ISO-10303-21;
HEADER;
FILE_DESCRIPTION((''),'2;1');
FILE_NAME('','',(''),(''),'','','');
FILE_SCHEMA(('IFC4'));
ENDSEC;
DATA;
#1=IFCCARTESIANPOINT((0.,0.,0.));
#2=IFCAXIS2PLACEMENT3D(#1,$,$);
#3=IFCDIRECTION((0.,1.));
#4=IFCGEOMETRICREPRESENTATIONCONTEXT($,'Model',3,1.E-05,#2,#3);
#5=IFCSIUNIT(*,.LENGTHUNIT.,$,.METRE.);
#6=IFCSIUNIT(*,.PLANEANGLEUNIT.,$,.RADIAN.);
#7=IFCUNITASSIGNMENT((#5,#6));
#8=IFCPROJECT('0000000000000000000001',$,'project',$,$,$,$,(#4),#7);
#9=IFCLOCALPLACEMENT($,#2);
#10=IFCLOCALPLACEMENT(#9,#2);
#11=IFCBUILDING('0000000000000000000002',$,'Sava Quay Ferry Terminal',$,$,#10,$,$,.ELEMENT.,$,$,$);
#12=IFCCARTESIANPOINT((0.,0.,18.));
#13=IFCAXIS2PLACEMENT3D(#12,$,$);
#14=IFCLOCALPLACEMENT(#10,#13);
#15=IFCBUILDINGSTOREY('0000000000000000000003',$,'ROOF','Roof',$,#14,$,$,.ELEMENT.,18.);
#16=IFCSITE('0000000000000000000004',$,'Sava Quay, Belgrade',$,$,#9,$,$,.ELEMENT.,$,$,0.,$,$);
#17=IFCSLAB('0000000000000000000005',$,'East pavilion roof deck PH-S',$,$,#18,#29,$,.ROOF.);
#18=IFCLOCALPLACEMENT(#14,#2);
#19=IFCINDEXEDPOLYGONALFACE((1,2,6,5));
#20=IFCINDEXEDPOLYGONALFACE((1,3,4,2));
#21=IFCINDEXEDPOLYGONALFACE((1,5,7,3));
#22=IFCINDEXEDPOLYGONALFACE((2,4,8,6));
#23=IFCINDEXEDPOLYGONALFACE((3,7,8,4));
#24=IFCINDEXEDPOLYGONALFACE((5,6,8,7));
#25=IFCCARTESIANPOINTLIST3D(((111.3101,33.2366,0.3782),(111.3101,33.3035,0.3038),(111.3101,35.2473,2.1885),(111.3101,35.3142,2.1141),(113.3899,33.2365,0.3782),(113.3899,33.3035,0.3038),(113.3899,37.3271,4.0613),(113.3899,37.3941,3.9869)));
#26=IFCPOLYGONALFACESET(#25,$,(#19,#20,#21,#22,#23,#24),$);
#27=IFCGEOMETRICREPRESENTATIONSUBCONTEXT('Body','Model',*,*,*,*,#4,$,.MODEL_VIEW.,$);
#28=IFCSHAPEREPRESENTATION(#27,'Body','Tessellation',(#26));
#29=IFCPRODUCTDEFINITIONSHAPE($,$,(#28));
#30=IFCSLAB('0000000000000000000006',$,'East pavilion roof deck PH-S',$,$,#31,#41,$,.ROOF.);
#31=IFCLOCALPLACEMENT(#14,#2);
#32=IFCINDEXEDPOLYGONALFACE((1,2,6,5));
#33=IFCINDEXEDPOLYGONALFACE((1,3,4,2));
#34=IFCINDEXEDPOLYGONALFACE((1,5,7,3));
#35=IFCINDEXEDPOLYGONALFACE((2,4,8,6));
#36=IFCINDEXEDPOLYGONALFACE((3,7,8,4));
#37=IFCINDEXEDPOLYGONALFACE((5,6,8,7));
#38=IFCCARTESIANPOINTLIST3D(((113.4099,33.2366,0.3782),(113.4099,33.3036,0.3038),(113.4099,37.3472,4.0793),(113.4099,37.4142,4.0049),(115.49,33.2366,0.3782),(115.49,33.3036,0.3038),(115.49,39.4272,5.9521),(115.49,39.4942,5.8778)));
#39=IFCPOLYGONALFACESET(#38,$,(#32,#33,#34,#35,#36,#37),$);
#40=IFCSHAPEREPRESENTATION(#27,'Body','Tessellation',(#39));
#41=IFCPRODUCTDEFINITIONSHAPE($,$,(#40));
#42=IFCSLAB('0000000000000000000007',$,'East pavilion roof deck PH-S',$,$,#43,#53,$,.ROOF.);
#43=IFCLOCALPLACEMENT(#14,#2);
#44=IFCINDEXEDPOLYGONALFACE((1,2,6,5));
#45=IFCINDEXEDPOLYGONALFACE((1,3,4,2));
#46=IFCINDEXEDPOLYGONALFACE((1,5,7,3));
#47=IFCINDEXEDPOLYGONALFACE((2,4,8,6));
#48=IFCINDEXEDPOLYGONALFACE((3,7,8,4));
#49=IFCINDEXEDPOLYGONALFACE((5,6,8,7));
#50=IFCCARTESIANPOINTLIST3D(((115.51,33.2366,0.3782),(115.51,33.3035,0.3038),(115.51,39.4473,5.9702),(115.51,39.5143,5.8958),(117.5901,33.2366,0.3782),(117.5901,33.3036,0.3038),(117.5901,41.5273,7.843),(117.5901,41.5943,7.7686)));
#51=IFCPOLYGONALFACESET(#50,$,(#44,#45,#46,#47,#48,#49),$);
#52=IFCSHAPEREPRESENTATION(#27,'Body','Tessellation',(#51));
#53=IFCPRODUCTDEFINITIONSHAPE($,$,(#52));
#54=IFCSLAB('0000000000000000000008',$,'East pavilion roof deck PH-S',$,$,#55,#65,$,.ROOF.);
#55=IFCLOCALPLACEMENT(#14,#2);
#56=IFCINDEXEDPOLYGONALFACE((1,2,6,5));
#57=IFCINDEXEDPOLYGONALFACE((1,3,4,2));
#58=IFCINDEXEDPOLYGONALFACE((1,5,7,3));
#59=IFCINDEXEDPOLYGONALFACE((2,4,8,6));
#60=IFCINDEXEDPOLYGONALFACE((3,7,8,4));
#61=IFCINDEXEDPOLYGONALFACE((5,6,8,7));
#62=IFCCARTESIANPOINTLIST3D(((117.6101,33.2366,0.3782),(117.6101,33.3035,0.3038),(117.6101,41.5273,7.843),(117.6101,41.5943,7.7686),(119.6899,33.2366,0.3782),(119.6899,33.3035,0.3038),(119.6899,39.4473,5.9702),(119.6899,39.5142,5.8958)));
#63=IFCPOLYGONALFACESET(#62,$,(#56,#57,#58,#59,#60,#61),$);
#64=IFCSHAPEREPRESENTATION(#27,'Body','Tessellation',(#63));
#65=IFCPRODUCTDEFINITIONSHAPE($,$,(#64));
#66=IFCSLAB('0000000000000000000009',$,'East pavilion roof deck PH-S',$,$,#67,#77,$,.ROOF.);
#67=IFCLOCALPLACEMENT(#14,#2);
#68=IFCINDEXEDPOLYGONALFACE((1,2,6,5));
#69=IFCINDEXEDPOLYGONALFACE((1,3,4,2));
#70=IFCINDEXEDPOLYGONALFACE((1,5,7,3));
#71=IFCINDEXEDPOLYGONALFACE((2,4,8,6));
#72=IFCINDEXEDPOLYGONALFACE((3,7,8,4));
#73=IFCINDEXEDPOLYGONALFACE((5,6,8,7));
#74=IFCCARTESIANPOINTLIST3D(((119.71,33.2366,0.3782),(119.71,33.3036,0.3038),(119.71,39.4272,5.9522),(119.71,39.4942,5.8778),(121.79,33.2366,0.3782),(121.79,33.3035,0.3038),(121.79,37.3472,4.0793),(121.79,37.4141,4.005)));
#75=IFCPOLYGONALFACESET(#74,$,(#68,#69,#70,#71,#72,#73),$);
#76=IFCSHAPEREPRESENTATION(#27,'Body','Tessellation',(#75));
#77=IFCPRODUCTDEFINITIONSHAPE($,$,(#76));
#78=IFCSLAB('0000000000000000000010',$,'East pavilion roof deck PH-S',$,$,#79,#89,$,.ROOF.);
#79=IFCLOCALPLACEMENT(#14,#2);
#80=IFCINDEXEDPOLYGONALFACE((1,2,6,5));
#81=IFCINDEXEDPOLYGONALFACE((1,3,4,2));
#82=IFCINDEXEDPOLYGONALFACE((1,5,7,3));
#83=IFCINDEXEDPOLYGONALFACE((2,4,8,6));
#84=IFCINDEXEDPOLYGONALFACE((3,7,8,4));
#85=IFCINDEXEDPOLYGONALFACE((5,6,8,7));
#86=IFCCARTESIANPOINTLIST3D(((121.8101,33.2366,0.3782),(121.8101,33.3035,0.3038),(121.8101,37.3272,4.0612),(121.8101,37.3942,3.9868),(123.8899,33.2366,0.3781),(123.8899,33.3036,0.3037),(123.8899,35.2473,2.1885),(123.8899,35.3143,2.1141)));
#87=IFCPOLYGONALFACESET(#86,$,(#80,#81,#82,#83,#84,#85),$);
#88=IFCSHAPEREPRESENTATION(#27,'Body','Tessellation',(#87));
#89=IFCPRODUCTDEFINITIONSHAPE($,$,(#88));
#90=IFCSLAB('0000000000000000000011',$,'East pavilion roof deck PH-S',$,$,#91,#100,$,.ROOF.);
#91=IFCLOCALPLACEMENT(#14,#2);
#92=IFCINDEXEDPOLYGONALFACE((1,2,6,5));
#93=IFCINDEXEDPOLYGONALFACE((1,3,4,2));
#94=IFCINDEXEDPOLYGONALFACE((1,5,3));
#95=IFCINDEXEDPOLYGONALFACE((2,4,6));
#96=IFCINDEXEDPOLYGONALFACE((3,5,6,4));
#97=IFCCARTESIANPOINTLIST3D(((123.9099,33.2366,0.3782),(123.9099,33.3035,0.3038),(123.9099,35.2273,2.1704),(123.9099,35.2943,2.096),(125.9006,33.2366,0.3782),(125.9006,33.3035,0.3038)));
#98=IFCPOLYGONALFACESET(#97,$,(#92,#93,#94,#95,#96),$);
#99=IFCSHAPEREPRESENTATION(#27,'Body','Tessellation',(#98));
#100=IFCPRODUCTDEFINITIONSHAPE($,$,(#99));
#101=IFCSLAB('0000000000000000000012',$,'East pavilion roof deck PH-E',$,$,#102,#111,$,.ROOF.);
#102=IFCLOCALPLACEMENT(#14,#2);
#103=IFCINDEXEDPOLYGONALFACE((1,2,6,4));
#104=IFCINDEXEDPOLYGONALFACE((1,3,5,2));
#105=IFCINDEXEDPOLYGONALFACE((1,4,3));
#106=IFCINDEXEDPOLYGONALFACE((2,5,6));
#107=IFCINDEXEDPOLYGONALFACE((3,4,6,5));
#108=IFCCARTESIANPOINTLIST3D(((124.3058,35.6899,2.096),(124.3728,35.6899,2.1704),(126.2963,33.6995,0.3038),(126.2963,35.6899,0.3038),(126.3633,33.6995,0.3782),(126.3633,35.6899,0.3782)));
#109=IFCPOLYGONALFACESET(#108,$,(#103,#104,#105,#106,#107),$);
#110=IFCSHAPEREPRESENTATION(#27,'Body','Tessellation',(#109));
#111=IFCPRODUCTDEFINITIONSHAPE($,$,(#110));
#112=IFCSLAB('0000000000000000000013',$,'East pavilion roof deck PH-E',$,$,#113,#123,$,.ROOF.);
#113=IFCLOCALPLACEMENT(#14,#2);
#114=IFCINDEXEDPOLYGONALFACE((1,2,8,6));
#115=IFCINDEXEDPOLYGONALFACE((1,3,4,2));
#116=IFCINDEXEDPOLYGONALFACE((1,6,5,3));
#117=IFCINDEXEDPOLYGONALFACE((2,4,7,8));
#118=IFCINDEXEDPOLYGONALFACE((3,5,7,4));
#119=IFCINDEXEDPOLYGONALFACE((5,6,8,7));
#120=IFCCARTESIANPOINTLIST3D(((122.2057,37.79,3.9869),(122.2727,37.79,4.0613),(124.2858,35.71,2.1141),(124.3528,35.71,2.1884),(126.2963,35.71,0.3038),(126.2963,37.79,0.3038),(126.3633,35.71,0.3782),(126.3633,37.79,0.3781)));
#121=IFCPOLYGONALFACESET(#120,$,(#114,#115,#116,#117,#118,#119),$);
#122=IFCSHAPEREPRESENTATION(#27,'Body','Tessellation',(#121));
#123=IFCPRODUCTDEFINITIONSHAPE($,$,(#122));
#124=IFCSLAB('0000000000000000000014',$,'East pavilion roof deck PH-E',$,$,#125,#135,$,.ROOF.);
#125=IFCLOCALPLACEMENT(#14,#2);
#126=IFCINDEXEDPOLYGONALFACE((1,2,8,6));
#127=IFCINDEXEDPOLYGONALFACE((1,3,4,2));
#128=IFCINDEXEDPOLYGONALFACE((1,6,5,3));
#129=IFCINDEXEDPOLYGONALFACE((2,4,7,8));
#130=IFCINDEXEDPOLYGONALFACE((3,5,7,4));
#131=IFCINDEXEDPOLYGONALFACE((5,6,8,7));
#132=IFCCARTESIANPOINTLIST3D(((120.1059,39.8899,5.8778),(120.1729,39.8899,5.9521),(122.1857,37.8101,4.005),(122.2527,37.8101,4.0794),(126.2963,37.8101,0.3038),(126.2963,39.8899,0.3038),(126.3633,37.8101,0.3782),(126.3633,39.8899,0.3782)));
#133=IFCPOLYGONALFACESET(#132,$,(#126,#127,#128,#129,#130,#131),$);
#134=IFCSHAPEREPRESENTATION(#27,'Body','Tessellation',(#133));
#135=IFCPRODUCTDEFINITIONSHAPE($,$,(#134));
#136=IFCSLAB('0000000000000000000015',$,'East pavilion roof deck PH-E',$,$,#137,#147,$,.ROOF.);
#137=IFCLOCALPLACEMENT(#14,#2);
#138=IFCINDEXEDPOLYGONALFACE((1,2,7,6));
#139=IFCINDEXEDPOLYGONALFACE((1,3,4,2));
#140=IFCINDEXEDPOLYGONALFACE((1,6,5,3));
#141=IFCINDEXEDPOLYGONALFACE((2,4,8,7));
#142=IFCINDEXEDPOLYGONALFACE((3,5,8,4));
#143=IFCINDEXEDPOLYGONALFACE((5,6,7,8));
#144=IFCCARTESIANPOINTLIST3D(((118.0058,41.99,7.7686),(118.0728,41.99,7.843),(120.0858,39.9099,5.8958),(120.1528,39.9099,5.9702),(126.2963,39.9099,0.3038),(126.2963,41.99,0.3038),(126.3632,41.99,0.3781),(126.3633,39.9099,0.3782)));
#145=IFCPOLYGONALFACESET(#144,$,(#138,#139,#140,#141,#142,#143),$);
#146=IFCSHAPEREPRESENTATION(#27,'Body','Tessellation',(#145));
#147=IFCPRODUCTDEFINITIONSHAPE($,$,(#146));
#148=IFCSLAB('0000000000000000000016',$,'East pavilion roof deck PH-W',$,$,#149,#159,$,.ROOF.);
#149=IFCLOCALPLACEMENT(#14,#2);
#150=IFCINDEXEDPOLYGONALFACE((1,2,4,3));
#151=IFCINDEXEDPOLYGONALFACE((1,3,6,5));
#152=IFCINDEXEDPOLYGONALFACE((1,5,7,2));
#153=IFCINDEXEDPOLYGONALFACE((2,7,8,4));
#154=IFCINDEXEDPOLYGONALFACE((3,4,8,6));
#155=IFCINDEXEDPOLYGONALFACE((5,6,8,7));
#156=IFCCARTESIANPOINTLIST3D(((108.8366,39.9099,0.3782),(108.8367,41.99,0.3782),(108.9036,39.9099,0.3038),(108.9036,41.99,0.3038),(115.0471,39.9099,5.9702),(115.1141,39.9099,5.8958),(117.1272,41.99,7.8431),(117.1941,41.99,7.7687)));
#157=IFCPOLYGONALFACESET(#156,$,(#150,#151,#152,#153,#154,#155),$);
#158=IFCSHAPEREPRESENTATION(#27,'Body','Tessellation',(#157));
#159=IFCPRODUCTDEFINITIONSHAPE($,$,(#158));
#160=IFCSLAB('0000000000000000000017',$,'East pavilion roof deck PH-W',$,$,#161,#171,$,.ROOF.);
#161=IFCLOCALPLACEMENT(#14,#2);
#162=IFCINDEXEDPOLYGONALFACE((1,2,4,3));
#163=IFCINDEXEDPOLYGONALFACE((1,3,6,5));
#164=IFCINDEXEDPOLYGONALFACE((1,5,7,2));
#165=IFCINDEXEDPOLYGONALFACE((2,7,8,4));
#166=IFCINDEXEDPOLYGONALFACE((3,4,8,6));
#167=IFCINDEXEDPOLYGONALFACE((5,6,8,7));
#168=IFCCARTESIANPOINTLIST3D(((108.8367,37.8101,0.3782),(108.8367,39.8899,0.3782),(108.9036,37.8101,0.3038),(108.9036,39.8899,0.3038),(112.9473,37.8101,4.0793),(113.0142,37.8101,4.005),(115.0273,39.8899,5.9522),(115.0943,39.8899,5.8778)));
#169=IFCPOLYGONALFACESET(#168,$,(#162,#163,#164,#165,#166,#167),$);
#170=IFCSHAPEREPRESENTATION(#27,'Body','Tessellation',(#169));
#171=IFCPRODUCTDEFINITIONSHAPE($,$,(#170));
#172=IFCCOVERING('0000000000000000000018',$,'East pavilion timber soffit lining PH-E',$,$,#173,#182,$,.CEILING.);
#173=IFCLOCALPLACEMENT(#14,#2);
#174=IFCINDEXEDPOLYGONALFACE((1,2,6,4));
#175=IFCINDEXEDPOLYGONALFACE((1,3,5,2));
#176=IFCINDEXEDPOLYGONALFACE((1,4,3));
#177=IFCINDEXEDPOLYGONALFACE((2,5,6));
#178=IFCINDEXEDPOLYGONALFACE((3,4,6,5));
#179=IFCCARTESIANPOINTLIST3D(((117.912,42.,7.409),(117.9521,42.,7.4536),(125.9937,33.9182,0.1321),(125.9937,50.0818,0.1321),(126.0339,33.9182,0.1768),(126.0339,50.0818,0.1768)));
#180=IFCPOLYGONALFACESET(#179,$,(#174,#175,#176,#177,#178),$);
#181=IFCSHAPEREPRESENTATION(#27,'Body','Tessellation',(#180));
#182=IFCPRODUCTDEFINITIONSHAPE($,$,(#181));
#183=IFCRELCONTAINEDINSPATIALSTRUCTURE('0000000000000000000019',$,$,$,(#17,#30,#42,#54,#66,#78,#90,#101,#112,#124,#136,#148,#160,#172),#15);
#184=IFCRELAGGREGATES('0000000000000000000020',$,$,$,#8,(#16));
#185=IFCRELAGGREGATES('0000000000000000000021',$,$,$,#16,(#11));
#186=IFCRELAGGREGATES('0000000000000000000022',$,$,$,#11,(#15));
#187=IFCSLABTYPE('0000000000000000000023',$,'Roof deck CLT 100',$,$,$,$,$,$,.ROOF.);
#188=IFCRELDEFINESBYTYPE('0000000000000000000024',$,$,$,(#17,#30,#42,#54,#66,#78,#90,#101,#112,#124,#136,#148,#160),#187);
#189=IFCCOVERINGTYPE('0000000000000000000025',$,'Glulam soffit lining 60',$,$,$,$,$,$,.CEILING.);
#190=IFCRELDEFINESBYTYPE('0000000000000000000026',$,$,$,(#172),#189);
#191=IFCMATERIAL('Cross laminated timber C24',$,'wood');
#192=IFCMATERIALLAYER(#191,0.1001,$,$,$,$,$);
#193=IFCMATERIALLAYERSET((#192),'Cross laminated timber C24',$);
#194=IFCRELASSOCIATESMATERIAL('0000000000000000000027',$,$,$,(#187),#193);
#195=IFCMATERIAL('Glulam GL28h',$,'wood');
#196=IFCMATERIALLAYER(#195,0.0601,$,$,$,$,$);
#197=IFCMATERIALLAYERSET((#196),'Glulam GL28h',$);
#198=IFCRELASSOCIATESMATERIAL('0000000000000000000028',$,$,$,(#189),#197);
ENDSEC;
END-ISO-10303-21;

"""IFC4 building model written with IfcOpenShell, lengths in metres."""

from ifc_helpers import new_model, si_unit, direction, frame, origin, place, context, subcontext, project, spatial, polyline, outline, extrude, material, layer, layer_set, type_object, element, save


model = new_model("IFC4")

# Units and contexts
model_context = context("Model", 3, precision=1e-05, world=origin(), true_north=direction((0.0, 1.0)))
body_context = subcontext(model_context, "Body", "Model", "MODEL_VIEW")
ifc_project = project(units=[si_unit("LENGTHUNIT", "METRE"), si_unit("PLANEANGLEUNIT", "RADIAN")], contexts=[model_context])

# Site, building, storey
site_placement = place(None, origin())
site = spatial("IfcSite", under=ifc_project, at=site_placement, Name="Sava Quay, Belgrade", CompositionType="ELEMENT", RefElevation=0.0)
building_placement = place(site_placement, origin())
building = spatial("IfcBuilding", under=site, at=building_placement, Name="Sava Quay Ferry Terminal", CompositionType="ELEMENT")
storey_placement = place(building_placement, frame((0.0, 0.0, 18.0)))
storey = spatial("IfcBuildingStorey", under=building, at=storey_placement, Name="ROOF", Description="Roof", CompositionType="ELEMENT", Elevation=18.0)

# Slabs
ifc_material_1 = material(Name="Cross laminated timber C24", Category="wood")
ifc_layer_1 = layer(ifc_material_1, 0.1001)
ifc_layer_set_1 = layer_set([ifc_layer_1], Name="Cross laminated timber C24")
slab_type = type_object("IfcSlabType", Name="Roof deck CLT 100", PredefinedType="ROOF", material=ifc_layer_set_1)
slab_1_placement = place(storey_placement, frame((113.3899, 37.3271, 4.0613), z_axis=(-0.000035, -0.669114, 0.74316), x_axis=(0.0, -0.74316, -0.669114)))
element("IfcSlab", 1, at=slab_1_placement, inside=storey, type_object=slab_type, Name="East pavilion roof deck PH-S", PredefinedType="ROOF", context=body_context, shape_type="SweptSolid", body=[
    extrude(outline(polyline([(0.0, 0.0), (5.5044, 0.0), (5.5044, -2.0798), (2.7988, -2.0798), (0.0, 0.0)])), origin(), (0.0, 0.0, -1.0), 0.1001),
])
slab_2_placement = place(storey_placement, frame((115.49, 39.4272, 5.9521), z_axis=(0.000014, -0.669124, 0.743151), x_axis=(0.0, -0.743151, -0.669124)))
element("IfcSlab", 2, at=slab_2_placement, inside=storey, type_object=slab_type, Name="East pavilion roof deck PH-S", PredefinedType="ROOF", context=body_context, shape_type="SweptSolid", body=[
    extrude(outline(polyline([(0.0, 0.0), (8.3303, 0.0), (8.3303, -2.0801), (2.7989, -2.0801), (0.0, 0.0)])), origin(), (0.0, 0.0, -1.0), 0.1001),
])
slab_3_placement = place(storey_placement, frame((117.5901, 41.5273, 7.843), z_axis=(0.000012, -0.669122, 0.743152), x_axis=(0.0, -0.743152, -0.669122)))
element("IfcSlab", 3, at=slab_3_placement, inside=storey, type_object=slab_type, Name="East pavilion roof deck PH-S", PredefinedType="ROOF", context=body_context, shape_type="SweptSolid", body=[
    extrude(outline(polyline([(0.0, 0.0), (11.1562, 0.0), (11.1562, -2.0801), (2.7989, -2.0801), (0.0, 0.0)])), origin(), (0.0, 0.0, -1.0), 0.1001),
])
slab_4_placement = place(storey_placement, frame((119.6899, 39.4473, 5.9702), z_axis=(-0.000012, -0.669122, 0.743152), x_axis=(0.0, -0.743152, -0.669122)))
element("IfcSlab", 4, at=slab_4_placement, inside=storey, type_object=slab_type, Name="East pavilion roof deck PH-S", PredefinedType="ROOF", context=body_context, shape_type="SweptSolid", body=[
    extrude(outline(polyline([(0.0, 0.0), (8.3573, 0.0), (8.3573, -2.0798), (-2.7989, -2.0798), (0.0, 0.0)])), origin(), (0.0, 0.0, -1.0), 0.1001),
])
slab_5_placement = place(storey_placement, frame((121.79, 37.3472, 4.0793), z_axis=(-0.000014, -0.669124, 0.743151), x_axis=(0.0, -0.743151, -0.669124)))
element("IfcSlab", 5, at=slab_5_placement, inside=storey, type_object=slab_type, Name="East pavilion roof deck PH-S", PredefinedType="ROOF", context=body_context, shape_type="SweptSolid", body=[
    extrude(outline(polyline([(0.0, 0.0), (5.5313, 0.0), (5.5313, -2.0801), (-2.7989, -2.0801), (0.0, 0.0)])), origin(), (0.0, 0.0, -1.0), 0.1001),
])
slab_6_placement = place(storey_placement, frame((123.8899, 35.2473, 2.1885), z_axis=(0.000035, -0.669114, 0.74316), x_axis=(0.0, -0.74316, -0.669114)))
element("IfcSlab", 6, at=slab_6_placement, inside=storey, type_object=slab_type, Name="East pavilion roof deck PH-S", PredefinedType="ROOF", context=body_context, shape_type="SweptSolid", body=[
    extrude(outline(polyline([(0.0, 0.0), (2.7056, 0.0), (2.7056, -2.0798), (-2.7988, -2.0798), (0.0, 0.0)])), origin(), (0.0, 0.0, -1.0), 0.1001),
])
slab_7_placement = place(storey_placement, frame((125.9006, 33.2366, 0.3782), z_axis=(0.0, -0.669086, 0.743185), x_axis=(-1.0, 0.0, 0.0)))
element("IfcSlab", 7, at=slab_7_placement, inside=storey, type_object=slab_type, Name="East pavilion roof deck PH-S", PredefinedType="ROOF", context=body_context, shape_type="SweptSolid", body=[
    extrude(outline(polyline([(0.0, 0.0), (1.9907, 0.0), (1.9907, -2.6786), (0.0, 0.0)])), origin(), (0.0, 0.0, -1.0), 0.1001),
])
slab_8_placement = place(storey_placement, frame((124.3728, 35.6899, 2.1704), z_axis=(0.669131, 0.0, 0.743145), x_axis=(0.743145, 0.0, -0.669131)))
element("IfcSlab", 8, at=slab_8_placement, inside=storey, type_object=slab_type, Name="East pavilion roof deck PH-E", PredefinedType="ROOF", context=body_context, shape_type="SweptSolid", body=[
    extrude(outline(polyline([(0.0, 0.0), (2.6785, 0.0), (2.6785, -1.9905), (0.0, 0.0)])), origin(), (0.0, 0.0, -1.0), 0.1001),
])
slab_9_placement = place(storey_placement, frame((122.2727, 37.79, 4.0613), z_axis=(0.669129, 0.000018, 0.743146), x_axis=(0.743146, 0.0, -0.669129)))
element("IfcSlab", 9, at=slab_9_placement, inside=storey, type_object=slab_type, Name="East pavilion roof deck PH-E", PredefinedType="ROOF", context=body_context, shape_type="SweptSolid", body=[
    extrude(outline(polyline([(0.0, 0.0), (5.5044, 0.0), (5.5044, -2.0801), (2.7989, -2.0801), (0.0, 0.0)])), origin(), (0.0, 0.0, -1.0), 0.1001),
])
slab_10_placement = place(storey_placement, frame((120.1729, 39.8899, 5.9521), z_axis=(0.669133, -0.000018, 0.743143), x_axis=(0.743143, 0.0, -0.669133)))
element("IfcSlab", 10, at=slab_10_placement, inside=storey, type_object=slab_type, Name="East pavilion roof deck PH-E", PredefinedType="ROOF", context=body_context, shape_type="SweptSolid", body=[
    extrude(outline(polyline([(0.0, 0.0), (8.3301, 0.0), (8.3301, -2.0798), (2.7988, -2.0798), (0.0, 0.0)])), origin(), (0.0, 0.0, -1.0), 0.1001),
])
slab_11_placement = place(storey_placement, frame((118.0728, 41.99, 7.843), z_axis=(0.669135, 0.000023, 0.743141), x_axis=(0.743141, 0.0, -0.669135)))
element("IfcSlab", 11, at=slab_11_placement, inside=storey, type_object=slab_type, Name="East pavilion roof deck PH-E", PredefinedType="ROOF", context=body_context, shape_type="SweptSolid", body=[
    extrude(outline(polyline([(0.0, 0.0), (11.156, 0.0), (11.156, -2.0801), (2.7989, -2.0801), (0.0, 0.0)])), origin(), (0.0, 0.0, -1.0), 0.1001),
])
slab_12_placement = place(storey_placement, frame((115.0471, 39.9099, 5.9702), z_axis=(-0.669135, 0.000023, 0.743141), x_axis=(-0.743141, 0.0, -0.669135)))
element("IfcSlab", 12, at=slab_12_placement, inside=storey, type_object=slab_type, Name="East pavilion roof deck PH-W", PredefinedType="ROOF", context=body_context, shape_type="SweptSolid", body=[
    extrude(outline(polyline([(0.0, 0.0), (8.3571, 0.0), (8.3571, -2.0801), (-2.7989, -2.0801), (0.0, 0.0)])), origin(), (0.0, 0.0, -1.0), 0.1001),
])
slab_13_placement = place(storey_placement, frame((112.9473, 37.8101, 4.0793), z_axis=(-0.669124, 0.000014, 0.743151), x_axis=(-0.743151, 0.0, -0.669124)))
element("IfcSlab", 13, at=slab_13_placement, inside=storey, type_object=slab_type, Name="East pavilion roof deck PH-W", PredefinedType="ROOF", context=body_context, shape_type="SweptSolid", body=[
    extrude(outline(polyline([(0.0, 0.0), (5.5313, 0.0), (5.5313, -2.0798), (-2.7989, -2.0798), (0.0, 0.0)])), origin(), (0.0, 0.0, -1.0), 0.1001),
])

# Covering
ifc_material_2 = material(Name="Glulam GL28h", Category="wood")
ifc_layer_2 = layer(ifc_material_2, 0.0601)
ifc_layer_set_2 = layer_set([ifc_layer_2], Name="Glulam GL28h")
covering_type_1 = type_object("IfcCoveringType", Name="Glulam soffit lining 60", PredefinedType="CEILING", material=ifc_layer_set_2)
covering_1_placement = place(storey_placement, frame((126.0339, 33.9182, 0.1768), z_axis=(0.66913, 0.0, 0.743146), x_axis=(-0.596473, 0.596473, 0.537066)))
element("IfcCovering", 14, at=covering_1_placement, inside=storey, type_object=covering_type_1, Name="East pavilion timber soffit lining PH-E", PredefinedType="CEILING", context=body_context, shape_type="SweptSolid", body=[
    extrude(outline(polyline([(0.0, 0.0), (13.5493, 0.0), (9.6411, -12.9734), (0.0, 0.0)])), origin(), (0.0, 0.0, -1.0), 0.0601),
])

save(model, "model.ifc")
